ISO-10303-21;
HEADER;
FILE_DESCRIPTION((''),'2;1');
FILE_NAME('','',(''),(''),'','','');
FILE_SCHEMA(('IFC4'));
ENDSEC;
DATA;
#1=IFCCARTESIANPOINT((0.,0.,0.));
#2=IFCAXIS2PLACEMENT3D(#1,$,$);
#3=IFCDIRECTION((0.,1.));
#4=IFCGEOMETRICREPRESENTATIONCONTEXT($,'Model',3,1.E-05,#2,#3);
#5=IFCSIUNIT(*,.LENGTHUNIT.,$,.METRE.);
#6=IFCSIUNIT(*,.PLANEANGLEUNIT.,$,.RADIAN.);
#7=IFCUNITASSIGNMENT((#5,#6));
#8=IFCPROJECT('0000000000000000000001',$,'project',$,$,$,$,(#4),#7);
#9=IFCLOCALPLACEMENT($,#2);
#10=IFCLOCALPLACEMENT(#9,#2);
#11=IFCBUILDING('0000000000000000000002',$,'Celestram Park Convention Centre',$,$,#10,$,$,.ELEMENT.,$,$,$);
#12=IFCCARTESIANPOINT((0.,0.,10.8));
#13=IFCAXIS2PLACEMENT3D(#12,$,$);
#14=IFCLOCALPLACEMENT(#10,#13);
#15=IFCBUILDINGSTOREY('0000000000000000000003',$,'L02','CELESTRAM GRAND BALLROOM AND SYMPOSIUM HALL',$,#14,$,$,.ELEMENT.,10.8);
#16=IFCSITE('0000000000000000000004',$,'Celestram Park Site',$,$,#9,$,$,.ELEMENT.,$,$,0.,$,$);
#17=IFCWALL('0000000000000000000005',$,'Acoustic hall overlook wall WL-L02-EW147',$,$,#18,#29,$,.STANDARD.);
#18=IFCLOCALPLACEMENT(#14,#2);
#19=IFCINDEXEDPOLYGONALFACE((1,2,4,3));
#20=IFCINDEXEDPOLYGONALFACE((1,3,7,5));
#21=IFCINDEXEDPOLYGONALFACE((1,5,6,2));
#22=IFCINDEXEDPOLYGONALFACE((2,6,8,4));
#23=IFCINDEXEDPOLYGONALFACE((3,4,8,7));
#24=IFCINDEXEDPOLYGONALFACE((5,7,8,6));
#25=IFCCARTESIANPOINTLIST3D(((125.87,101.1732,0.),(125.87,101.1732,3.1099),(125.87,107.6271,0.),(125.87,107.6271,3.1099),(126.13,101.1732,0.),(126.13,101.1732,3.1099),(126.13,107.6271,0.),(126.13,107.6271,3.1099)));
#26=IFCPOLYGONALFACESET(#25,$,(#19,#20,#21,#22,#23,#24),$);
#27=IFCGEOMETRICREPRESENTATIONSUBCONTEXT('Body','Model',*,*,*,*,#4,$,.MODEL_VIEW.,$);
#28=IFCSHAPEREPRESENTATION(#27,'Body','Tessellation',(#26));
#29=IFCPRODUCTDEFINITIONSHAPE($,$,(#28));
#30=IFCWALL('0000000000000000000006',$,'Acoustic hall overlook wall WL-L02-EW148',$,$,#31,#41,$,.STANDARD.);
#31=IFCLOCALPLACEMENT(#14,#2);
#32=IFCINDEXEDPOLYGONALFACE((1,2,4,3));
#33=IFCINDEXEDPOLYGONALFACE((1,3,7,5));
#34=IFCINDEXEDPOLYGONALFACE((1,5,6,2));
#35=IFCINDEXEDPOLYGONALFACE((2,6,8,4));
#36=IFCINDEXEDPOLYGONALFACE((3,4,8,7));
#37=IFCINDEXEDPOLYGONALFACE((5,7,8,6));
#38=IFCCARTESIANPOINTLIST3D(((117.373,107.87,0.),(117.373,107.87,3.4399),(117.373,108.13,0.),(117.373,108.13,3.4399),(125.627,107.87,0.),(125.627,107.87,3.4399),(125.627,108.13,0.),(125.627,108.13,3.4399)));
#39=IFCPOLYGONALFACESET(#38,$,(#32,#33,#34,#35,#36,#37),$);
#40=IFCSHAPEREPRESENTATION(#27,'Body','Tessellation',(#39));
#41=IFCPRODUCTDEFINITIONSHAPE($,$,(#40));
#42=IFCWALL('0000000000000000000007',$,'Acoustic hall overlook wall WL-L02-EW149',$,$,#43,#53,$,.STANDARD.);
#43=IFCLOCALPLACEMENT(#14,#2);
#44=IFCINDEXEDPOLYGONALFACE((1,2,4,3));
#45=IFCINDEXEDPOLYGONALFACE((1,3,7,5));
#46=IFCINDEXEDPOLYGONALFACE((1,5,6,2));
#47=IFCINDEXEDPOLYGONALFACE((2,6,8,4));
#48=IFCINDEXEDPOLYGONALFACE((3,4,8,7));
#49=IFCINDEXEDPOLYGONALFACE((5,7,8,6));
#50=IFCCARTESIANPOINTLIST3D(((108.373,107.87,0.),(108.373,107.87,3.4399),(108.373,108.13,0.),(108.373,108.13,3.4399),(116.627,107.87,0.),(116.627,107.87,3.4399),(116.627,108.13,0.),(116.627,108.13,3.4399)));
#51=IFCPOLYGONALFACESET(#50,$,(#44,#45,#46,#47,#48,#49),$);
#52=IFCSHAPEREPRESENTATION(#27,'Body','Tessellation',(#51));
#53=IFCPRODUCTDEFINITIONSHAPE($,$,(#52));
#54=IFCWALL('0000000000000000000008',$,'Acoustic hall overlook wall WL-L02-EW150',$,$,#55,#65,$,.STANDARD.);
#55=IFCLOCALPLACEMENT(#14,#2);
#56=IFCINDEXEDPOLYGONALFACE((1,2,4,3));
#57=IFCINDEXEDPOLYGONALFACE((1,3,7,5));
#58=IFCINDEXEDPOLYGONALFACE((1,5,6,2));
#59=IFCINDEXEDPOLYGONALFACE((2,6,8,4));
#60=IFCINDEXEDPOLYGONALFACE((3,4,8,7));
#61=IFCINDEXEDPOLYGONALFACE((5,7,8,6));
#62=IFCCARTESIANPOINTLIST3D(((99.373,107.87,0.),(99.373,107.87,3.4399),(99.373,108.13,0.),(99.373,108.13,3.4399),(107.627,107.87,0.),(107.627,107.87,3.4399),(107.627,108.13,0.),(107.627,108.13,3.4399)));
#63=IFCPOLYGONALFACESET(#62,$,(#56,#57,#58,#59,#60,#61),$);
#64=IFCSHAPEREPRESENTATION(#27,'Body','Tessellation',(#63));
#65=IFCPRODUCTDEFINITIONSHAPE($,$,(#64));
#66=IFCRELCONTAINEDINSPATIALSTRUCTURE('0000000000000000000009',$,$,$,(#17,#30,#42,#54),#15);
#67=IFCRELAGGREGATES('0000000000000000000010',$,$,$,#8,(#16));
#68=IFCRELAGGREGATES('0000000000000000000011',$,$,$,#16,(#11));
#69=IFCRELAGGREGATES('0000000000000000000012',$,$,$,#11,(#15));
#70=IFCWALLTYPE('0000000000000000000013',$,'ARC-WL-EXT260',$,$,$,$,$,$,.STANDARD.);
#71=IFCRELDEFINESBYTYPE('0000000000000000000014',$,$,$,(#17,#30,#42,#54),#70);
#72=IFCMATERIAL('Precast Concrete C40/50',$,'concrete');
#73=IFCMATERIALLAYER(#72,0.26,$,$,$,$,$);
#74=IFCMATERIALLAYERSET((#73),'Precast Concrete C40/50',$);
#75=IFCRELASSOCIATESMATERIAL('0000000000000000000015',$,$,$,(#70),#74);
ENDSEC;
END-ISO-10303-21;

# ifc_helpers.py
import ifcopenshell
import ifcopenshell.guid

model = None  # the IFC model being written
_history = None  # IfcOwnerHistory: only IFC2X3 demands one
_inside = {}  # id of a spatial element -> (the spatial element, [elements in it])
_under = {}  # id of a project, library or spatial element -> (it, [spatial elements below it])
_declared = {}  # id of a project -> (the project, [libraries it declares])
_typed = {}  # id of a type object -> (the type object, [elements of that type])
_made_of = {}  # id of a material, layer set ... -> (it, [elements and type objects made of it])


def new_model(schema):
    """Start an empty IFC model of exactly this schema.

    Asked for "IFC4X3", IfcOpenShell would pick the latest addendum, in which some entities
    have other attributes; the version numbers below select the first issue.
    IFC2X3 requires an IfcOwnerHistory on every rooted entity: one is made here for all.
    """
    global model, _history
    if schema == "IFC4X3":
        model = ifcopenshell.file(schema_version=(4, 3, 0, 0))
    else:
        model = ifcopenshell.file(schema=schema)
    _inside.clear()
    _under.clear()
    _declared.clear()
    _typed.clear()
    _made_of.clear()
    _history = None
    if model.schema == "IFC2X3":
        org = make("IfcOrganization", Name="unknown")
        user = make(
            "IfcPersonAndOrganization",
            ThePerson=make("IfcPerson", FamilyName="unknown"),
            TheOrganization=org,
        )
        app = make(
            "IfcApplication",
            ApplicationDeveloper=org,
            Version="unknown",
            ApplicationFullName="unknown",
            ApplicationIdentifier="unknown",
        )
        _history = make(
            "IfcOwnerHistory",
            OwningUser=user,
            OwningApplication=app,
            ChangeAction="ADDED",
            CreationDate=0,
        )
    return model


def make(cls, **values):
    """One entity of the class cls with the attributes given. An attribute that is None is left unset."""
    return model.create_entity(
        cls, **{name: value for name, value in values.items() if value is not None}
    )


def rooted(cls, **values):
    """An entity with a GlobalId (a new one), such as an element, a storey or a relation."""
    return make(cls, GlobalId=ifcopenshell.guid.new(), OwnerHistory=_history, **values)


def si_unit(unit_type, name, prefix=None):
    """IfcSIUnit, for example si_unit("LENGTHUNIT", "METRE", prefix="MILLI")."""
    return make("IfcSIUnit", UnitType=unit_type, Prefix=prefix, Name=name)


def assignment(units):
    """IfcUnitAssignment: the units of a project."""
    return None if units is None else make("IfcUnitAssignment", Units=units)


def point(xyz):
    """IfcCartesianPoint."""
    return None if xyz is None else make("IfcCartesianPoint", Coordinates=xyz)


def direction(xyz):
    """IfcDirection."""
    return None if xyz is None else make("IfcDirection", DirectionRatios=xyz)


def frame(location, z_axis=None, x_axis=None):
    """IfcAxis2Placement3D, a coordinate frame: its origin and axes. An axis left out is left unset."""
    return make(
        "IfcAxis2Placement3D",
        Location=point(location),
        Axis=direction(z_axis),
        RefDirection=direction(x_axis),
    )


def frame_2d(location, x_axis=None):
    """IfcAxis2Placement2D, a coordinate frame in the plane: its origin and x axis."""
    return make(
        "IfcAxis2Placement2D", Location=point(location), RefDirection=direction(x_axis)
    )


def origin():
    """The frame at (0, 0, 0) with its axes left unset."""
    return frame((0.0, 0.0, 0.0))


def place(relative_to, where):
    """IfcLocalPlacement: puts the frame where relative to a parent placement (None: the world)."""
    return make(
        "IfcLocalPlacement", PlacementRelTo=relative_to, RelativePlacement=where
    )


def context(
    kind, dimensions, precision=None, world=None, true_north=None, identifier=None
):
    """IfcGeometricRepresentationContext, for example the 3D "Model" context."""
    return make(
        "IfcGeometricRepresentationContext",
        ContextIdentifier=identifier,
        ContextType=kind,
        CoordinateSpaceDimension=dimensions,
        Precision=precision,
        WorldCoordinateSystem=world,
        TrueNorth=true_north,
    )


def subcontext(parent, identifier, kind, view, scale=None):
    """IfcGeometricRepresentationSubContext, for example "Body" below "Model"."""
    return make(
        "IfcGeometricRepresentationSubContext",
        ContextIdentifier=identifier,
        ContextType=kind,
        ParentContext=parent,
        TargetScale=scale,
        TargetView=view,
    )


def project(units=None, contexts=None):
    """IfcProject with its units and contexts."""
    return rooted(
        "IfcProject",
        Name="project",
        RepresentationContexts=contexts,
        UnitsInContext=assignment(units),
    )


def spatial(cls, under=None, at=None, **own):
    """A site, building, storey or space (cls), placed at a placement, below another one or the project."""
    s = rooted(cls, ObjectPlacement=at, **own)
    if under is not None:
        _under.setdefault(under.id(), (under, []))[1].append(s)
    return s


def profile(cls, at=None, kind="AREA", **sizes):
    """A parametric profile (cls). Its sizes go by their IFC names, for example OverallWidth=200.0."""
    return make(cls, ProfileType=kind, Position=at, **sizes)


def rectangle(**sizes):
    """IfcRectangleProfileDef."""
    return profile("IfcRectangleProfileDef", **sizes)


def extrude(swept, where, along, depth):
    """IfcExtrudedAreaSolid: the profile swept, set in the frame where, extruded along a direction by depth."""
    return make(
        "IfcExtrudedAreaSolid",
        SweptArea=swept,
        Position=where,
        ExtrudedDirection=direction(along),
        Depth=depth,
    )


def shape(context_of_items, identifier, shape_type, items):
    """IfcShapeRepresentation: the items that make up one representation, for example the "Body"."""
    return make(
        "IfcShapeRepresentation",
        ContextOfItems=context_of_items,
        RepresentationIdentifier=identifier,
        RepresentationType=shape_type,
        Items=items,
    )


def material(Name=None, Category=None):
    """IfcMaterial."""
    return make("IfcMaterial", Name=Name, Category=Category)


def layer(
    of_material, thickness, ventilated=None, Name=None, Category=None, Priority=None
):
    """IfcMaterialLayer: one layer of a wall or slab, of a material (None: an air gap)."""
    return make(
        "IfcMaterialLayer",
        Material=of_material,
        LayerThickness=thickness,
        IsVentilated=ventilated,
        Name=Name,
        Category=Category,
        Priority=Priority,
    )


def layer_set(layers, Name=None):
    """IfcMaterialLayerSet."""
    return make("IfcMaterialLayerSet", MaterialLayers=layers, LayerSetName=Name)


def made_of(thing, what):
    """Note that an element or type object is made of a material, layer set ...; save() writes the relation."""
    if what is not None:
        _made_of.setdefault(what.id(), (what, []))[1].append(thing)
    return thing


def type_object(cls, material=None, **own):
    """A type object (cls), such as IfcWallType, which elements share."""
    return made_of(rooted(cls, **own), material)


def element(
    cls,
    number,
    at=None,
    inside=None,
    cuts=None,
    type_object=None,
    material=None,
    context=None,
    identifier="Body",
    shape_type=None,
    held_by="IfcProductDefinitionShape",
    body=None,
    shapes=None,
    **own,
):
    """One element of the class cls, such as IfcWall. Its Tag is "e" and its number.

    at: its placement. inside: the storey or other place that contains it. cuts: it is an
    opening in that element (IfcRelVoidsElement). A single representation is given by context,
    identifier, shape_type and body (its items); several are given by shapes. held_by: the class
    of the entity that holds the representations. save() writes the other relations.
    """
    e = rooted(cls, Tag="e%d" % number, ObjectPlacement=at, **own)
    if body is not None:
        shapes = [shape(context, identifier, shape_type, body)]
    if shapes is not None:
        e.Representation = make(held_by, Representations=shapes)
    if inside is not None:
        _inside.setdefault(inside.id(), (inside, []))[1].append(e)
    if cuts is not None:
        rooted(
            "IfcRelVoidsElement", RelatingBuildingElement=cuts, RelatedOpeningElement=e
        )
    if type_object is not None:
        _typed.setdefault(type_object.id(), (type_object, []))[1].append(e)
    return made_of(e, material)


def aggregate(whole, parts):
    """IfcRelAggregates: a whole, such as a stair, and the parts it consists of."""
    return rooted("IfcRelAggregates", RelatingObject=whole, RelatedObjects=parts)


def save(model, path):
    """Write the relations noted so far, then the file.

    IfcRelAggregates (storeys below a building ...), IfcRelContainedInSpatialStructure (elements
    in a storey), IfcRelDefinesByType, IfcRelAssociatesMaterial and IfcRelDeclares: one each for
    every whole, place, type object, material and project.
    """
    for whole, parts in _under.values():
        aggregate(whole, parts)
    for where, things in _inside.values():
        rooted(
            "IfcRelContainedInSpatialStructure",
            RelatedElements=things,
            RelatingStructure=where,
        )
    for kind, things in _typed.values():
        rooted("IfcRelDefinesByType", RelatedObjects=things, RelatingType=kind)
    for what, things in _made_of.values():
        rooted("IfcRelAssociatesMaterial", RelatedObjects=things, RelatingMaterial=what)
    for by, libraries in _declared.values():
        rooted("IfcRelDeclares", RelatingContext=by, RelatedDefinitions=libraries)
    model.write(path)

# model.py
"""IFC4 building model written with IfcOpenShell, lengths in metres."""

from ifc_helpers import new_model, si_unit, direction, frame, frame_2d, origin, place, context, subcontext, project, spatial, rectangle, extrude, material, layer, layer_set, type_object, element, save


model = new_model("IFC4")

# Units and contexts
model_context = context("Model", 3, precision=1e-05, world=origin(), true_north=direction((0.0, 1.0)))
body_context = subcontext(model_context, "Body", "Model", "MODEL_VIEW")
ifc_project = project(units=[si_unit("LENGTHUNIT", "METRE"), si_unit("PLANEANGLEUNIT", "RADIAN")], contexts=[model_context])

# Site, building, storey
site_placement = place(None, origin())
site = spatial("IfcSite", under=ifc_project, at=site_placement, Name="Celestram Park Site", CompositionType="ELEMENT", RefElevation=0.0)
building_placement = place(site_placement, origin())
building = spatial("IfcBuilding", under=site, at=building_placement, Name="Celestram Park Convention Centre", CompositionType="ELEMENT")
storey_placement = place(building_placement, frame((0.0, 0.0, 10.8)))
storey = spatial("IfcBuildingStorey", under=building, at=storey_placement, Name="L02", Description="CELESTRAM GRAND BALLROOM AND SYMPOSIUM HALL", CompositionType="ELEMENT", Elevation=10.8)

# Walls
ifc_material_1 = material(Name="Precast Concrete C40/50", Category="concrete")
ifc_layer_1 = layer(ifc_material_1, 0.26)
ifc_layer_set_1 = layer_set([ifc_layer_1], Name="Precast Concrete C40/50")
wall_type = type_object("IfcWallType", Name="ARC-WL-EXT260", PredefinedType="STANDARD", material=ifc_layer_set_1)
wall_placement = place(storey_placement, frame((126.0, 101.1731, 0.0), z_axis=(0.0, 0.0, 1.0), x_axis=(0.0, 1.0, 0.0)))
element("IfcWall", 1, at=wall_placement, inside=storey, type_object=wall_type, Name="Acoustic hall overlook wall WL-L02-EW147", PredefinedType="STANDARD", context=body_context, shape_type="SweptSolid", body=[
    extrude(rectangle(XDim=6.4539, YDim=0.26, at=frame_2d((3.2271, 0.0))), origin(), (0.0, 0.0, 1.0), 3.1099),
])
for number, where, z_axis, x_axis, name in (
    (2, (125.627, 108.0, 0.0), (0.0, 0.0, 1.0), (-1.0, 0.0, 0.0), "Acoustic hall overlook wall WL-L02-EW148"),
    (3, (116.627, 108.0, 0.0), (0.0, 0.0, 1.0), (-1.0, 0.0, 0.0), "Acoustic hall overlook wall WL-L02-EW149"),
    (4, (107.627, 108.0, 0.0), (0.0, 0.0, 1.0), (-1.0, 0.0, 0.0), "Acoustic hall overlook wall WL-L02-EW150"),
):
    element("IfcWall", number, at=place(storey_placement, frame(where, z_axis=z_axis, x_axis=x_axis)), inside=storey, type_object=wall_type, Name=name, PredefinedType="STANDARD", context=body_context, shape_type="SweptSolid", body=[
        extrude(rectangle(XDim=8.2539, YDim=0.26, at=frame_2d((4.127, 0.0))), origin(), (0.0, 0.0, 1.0), 3.4399),
    ])

save(model, "model.ifc")
